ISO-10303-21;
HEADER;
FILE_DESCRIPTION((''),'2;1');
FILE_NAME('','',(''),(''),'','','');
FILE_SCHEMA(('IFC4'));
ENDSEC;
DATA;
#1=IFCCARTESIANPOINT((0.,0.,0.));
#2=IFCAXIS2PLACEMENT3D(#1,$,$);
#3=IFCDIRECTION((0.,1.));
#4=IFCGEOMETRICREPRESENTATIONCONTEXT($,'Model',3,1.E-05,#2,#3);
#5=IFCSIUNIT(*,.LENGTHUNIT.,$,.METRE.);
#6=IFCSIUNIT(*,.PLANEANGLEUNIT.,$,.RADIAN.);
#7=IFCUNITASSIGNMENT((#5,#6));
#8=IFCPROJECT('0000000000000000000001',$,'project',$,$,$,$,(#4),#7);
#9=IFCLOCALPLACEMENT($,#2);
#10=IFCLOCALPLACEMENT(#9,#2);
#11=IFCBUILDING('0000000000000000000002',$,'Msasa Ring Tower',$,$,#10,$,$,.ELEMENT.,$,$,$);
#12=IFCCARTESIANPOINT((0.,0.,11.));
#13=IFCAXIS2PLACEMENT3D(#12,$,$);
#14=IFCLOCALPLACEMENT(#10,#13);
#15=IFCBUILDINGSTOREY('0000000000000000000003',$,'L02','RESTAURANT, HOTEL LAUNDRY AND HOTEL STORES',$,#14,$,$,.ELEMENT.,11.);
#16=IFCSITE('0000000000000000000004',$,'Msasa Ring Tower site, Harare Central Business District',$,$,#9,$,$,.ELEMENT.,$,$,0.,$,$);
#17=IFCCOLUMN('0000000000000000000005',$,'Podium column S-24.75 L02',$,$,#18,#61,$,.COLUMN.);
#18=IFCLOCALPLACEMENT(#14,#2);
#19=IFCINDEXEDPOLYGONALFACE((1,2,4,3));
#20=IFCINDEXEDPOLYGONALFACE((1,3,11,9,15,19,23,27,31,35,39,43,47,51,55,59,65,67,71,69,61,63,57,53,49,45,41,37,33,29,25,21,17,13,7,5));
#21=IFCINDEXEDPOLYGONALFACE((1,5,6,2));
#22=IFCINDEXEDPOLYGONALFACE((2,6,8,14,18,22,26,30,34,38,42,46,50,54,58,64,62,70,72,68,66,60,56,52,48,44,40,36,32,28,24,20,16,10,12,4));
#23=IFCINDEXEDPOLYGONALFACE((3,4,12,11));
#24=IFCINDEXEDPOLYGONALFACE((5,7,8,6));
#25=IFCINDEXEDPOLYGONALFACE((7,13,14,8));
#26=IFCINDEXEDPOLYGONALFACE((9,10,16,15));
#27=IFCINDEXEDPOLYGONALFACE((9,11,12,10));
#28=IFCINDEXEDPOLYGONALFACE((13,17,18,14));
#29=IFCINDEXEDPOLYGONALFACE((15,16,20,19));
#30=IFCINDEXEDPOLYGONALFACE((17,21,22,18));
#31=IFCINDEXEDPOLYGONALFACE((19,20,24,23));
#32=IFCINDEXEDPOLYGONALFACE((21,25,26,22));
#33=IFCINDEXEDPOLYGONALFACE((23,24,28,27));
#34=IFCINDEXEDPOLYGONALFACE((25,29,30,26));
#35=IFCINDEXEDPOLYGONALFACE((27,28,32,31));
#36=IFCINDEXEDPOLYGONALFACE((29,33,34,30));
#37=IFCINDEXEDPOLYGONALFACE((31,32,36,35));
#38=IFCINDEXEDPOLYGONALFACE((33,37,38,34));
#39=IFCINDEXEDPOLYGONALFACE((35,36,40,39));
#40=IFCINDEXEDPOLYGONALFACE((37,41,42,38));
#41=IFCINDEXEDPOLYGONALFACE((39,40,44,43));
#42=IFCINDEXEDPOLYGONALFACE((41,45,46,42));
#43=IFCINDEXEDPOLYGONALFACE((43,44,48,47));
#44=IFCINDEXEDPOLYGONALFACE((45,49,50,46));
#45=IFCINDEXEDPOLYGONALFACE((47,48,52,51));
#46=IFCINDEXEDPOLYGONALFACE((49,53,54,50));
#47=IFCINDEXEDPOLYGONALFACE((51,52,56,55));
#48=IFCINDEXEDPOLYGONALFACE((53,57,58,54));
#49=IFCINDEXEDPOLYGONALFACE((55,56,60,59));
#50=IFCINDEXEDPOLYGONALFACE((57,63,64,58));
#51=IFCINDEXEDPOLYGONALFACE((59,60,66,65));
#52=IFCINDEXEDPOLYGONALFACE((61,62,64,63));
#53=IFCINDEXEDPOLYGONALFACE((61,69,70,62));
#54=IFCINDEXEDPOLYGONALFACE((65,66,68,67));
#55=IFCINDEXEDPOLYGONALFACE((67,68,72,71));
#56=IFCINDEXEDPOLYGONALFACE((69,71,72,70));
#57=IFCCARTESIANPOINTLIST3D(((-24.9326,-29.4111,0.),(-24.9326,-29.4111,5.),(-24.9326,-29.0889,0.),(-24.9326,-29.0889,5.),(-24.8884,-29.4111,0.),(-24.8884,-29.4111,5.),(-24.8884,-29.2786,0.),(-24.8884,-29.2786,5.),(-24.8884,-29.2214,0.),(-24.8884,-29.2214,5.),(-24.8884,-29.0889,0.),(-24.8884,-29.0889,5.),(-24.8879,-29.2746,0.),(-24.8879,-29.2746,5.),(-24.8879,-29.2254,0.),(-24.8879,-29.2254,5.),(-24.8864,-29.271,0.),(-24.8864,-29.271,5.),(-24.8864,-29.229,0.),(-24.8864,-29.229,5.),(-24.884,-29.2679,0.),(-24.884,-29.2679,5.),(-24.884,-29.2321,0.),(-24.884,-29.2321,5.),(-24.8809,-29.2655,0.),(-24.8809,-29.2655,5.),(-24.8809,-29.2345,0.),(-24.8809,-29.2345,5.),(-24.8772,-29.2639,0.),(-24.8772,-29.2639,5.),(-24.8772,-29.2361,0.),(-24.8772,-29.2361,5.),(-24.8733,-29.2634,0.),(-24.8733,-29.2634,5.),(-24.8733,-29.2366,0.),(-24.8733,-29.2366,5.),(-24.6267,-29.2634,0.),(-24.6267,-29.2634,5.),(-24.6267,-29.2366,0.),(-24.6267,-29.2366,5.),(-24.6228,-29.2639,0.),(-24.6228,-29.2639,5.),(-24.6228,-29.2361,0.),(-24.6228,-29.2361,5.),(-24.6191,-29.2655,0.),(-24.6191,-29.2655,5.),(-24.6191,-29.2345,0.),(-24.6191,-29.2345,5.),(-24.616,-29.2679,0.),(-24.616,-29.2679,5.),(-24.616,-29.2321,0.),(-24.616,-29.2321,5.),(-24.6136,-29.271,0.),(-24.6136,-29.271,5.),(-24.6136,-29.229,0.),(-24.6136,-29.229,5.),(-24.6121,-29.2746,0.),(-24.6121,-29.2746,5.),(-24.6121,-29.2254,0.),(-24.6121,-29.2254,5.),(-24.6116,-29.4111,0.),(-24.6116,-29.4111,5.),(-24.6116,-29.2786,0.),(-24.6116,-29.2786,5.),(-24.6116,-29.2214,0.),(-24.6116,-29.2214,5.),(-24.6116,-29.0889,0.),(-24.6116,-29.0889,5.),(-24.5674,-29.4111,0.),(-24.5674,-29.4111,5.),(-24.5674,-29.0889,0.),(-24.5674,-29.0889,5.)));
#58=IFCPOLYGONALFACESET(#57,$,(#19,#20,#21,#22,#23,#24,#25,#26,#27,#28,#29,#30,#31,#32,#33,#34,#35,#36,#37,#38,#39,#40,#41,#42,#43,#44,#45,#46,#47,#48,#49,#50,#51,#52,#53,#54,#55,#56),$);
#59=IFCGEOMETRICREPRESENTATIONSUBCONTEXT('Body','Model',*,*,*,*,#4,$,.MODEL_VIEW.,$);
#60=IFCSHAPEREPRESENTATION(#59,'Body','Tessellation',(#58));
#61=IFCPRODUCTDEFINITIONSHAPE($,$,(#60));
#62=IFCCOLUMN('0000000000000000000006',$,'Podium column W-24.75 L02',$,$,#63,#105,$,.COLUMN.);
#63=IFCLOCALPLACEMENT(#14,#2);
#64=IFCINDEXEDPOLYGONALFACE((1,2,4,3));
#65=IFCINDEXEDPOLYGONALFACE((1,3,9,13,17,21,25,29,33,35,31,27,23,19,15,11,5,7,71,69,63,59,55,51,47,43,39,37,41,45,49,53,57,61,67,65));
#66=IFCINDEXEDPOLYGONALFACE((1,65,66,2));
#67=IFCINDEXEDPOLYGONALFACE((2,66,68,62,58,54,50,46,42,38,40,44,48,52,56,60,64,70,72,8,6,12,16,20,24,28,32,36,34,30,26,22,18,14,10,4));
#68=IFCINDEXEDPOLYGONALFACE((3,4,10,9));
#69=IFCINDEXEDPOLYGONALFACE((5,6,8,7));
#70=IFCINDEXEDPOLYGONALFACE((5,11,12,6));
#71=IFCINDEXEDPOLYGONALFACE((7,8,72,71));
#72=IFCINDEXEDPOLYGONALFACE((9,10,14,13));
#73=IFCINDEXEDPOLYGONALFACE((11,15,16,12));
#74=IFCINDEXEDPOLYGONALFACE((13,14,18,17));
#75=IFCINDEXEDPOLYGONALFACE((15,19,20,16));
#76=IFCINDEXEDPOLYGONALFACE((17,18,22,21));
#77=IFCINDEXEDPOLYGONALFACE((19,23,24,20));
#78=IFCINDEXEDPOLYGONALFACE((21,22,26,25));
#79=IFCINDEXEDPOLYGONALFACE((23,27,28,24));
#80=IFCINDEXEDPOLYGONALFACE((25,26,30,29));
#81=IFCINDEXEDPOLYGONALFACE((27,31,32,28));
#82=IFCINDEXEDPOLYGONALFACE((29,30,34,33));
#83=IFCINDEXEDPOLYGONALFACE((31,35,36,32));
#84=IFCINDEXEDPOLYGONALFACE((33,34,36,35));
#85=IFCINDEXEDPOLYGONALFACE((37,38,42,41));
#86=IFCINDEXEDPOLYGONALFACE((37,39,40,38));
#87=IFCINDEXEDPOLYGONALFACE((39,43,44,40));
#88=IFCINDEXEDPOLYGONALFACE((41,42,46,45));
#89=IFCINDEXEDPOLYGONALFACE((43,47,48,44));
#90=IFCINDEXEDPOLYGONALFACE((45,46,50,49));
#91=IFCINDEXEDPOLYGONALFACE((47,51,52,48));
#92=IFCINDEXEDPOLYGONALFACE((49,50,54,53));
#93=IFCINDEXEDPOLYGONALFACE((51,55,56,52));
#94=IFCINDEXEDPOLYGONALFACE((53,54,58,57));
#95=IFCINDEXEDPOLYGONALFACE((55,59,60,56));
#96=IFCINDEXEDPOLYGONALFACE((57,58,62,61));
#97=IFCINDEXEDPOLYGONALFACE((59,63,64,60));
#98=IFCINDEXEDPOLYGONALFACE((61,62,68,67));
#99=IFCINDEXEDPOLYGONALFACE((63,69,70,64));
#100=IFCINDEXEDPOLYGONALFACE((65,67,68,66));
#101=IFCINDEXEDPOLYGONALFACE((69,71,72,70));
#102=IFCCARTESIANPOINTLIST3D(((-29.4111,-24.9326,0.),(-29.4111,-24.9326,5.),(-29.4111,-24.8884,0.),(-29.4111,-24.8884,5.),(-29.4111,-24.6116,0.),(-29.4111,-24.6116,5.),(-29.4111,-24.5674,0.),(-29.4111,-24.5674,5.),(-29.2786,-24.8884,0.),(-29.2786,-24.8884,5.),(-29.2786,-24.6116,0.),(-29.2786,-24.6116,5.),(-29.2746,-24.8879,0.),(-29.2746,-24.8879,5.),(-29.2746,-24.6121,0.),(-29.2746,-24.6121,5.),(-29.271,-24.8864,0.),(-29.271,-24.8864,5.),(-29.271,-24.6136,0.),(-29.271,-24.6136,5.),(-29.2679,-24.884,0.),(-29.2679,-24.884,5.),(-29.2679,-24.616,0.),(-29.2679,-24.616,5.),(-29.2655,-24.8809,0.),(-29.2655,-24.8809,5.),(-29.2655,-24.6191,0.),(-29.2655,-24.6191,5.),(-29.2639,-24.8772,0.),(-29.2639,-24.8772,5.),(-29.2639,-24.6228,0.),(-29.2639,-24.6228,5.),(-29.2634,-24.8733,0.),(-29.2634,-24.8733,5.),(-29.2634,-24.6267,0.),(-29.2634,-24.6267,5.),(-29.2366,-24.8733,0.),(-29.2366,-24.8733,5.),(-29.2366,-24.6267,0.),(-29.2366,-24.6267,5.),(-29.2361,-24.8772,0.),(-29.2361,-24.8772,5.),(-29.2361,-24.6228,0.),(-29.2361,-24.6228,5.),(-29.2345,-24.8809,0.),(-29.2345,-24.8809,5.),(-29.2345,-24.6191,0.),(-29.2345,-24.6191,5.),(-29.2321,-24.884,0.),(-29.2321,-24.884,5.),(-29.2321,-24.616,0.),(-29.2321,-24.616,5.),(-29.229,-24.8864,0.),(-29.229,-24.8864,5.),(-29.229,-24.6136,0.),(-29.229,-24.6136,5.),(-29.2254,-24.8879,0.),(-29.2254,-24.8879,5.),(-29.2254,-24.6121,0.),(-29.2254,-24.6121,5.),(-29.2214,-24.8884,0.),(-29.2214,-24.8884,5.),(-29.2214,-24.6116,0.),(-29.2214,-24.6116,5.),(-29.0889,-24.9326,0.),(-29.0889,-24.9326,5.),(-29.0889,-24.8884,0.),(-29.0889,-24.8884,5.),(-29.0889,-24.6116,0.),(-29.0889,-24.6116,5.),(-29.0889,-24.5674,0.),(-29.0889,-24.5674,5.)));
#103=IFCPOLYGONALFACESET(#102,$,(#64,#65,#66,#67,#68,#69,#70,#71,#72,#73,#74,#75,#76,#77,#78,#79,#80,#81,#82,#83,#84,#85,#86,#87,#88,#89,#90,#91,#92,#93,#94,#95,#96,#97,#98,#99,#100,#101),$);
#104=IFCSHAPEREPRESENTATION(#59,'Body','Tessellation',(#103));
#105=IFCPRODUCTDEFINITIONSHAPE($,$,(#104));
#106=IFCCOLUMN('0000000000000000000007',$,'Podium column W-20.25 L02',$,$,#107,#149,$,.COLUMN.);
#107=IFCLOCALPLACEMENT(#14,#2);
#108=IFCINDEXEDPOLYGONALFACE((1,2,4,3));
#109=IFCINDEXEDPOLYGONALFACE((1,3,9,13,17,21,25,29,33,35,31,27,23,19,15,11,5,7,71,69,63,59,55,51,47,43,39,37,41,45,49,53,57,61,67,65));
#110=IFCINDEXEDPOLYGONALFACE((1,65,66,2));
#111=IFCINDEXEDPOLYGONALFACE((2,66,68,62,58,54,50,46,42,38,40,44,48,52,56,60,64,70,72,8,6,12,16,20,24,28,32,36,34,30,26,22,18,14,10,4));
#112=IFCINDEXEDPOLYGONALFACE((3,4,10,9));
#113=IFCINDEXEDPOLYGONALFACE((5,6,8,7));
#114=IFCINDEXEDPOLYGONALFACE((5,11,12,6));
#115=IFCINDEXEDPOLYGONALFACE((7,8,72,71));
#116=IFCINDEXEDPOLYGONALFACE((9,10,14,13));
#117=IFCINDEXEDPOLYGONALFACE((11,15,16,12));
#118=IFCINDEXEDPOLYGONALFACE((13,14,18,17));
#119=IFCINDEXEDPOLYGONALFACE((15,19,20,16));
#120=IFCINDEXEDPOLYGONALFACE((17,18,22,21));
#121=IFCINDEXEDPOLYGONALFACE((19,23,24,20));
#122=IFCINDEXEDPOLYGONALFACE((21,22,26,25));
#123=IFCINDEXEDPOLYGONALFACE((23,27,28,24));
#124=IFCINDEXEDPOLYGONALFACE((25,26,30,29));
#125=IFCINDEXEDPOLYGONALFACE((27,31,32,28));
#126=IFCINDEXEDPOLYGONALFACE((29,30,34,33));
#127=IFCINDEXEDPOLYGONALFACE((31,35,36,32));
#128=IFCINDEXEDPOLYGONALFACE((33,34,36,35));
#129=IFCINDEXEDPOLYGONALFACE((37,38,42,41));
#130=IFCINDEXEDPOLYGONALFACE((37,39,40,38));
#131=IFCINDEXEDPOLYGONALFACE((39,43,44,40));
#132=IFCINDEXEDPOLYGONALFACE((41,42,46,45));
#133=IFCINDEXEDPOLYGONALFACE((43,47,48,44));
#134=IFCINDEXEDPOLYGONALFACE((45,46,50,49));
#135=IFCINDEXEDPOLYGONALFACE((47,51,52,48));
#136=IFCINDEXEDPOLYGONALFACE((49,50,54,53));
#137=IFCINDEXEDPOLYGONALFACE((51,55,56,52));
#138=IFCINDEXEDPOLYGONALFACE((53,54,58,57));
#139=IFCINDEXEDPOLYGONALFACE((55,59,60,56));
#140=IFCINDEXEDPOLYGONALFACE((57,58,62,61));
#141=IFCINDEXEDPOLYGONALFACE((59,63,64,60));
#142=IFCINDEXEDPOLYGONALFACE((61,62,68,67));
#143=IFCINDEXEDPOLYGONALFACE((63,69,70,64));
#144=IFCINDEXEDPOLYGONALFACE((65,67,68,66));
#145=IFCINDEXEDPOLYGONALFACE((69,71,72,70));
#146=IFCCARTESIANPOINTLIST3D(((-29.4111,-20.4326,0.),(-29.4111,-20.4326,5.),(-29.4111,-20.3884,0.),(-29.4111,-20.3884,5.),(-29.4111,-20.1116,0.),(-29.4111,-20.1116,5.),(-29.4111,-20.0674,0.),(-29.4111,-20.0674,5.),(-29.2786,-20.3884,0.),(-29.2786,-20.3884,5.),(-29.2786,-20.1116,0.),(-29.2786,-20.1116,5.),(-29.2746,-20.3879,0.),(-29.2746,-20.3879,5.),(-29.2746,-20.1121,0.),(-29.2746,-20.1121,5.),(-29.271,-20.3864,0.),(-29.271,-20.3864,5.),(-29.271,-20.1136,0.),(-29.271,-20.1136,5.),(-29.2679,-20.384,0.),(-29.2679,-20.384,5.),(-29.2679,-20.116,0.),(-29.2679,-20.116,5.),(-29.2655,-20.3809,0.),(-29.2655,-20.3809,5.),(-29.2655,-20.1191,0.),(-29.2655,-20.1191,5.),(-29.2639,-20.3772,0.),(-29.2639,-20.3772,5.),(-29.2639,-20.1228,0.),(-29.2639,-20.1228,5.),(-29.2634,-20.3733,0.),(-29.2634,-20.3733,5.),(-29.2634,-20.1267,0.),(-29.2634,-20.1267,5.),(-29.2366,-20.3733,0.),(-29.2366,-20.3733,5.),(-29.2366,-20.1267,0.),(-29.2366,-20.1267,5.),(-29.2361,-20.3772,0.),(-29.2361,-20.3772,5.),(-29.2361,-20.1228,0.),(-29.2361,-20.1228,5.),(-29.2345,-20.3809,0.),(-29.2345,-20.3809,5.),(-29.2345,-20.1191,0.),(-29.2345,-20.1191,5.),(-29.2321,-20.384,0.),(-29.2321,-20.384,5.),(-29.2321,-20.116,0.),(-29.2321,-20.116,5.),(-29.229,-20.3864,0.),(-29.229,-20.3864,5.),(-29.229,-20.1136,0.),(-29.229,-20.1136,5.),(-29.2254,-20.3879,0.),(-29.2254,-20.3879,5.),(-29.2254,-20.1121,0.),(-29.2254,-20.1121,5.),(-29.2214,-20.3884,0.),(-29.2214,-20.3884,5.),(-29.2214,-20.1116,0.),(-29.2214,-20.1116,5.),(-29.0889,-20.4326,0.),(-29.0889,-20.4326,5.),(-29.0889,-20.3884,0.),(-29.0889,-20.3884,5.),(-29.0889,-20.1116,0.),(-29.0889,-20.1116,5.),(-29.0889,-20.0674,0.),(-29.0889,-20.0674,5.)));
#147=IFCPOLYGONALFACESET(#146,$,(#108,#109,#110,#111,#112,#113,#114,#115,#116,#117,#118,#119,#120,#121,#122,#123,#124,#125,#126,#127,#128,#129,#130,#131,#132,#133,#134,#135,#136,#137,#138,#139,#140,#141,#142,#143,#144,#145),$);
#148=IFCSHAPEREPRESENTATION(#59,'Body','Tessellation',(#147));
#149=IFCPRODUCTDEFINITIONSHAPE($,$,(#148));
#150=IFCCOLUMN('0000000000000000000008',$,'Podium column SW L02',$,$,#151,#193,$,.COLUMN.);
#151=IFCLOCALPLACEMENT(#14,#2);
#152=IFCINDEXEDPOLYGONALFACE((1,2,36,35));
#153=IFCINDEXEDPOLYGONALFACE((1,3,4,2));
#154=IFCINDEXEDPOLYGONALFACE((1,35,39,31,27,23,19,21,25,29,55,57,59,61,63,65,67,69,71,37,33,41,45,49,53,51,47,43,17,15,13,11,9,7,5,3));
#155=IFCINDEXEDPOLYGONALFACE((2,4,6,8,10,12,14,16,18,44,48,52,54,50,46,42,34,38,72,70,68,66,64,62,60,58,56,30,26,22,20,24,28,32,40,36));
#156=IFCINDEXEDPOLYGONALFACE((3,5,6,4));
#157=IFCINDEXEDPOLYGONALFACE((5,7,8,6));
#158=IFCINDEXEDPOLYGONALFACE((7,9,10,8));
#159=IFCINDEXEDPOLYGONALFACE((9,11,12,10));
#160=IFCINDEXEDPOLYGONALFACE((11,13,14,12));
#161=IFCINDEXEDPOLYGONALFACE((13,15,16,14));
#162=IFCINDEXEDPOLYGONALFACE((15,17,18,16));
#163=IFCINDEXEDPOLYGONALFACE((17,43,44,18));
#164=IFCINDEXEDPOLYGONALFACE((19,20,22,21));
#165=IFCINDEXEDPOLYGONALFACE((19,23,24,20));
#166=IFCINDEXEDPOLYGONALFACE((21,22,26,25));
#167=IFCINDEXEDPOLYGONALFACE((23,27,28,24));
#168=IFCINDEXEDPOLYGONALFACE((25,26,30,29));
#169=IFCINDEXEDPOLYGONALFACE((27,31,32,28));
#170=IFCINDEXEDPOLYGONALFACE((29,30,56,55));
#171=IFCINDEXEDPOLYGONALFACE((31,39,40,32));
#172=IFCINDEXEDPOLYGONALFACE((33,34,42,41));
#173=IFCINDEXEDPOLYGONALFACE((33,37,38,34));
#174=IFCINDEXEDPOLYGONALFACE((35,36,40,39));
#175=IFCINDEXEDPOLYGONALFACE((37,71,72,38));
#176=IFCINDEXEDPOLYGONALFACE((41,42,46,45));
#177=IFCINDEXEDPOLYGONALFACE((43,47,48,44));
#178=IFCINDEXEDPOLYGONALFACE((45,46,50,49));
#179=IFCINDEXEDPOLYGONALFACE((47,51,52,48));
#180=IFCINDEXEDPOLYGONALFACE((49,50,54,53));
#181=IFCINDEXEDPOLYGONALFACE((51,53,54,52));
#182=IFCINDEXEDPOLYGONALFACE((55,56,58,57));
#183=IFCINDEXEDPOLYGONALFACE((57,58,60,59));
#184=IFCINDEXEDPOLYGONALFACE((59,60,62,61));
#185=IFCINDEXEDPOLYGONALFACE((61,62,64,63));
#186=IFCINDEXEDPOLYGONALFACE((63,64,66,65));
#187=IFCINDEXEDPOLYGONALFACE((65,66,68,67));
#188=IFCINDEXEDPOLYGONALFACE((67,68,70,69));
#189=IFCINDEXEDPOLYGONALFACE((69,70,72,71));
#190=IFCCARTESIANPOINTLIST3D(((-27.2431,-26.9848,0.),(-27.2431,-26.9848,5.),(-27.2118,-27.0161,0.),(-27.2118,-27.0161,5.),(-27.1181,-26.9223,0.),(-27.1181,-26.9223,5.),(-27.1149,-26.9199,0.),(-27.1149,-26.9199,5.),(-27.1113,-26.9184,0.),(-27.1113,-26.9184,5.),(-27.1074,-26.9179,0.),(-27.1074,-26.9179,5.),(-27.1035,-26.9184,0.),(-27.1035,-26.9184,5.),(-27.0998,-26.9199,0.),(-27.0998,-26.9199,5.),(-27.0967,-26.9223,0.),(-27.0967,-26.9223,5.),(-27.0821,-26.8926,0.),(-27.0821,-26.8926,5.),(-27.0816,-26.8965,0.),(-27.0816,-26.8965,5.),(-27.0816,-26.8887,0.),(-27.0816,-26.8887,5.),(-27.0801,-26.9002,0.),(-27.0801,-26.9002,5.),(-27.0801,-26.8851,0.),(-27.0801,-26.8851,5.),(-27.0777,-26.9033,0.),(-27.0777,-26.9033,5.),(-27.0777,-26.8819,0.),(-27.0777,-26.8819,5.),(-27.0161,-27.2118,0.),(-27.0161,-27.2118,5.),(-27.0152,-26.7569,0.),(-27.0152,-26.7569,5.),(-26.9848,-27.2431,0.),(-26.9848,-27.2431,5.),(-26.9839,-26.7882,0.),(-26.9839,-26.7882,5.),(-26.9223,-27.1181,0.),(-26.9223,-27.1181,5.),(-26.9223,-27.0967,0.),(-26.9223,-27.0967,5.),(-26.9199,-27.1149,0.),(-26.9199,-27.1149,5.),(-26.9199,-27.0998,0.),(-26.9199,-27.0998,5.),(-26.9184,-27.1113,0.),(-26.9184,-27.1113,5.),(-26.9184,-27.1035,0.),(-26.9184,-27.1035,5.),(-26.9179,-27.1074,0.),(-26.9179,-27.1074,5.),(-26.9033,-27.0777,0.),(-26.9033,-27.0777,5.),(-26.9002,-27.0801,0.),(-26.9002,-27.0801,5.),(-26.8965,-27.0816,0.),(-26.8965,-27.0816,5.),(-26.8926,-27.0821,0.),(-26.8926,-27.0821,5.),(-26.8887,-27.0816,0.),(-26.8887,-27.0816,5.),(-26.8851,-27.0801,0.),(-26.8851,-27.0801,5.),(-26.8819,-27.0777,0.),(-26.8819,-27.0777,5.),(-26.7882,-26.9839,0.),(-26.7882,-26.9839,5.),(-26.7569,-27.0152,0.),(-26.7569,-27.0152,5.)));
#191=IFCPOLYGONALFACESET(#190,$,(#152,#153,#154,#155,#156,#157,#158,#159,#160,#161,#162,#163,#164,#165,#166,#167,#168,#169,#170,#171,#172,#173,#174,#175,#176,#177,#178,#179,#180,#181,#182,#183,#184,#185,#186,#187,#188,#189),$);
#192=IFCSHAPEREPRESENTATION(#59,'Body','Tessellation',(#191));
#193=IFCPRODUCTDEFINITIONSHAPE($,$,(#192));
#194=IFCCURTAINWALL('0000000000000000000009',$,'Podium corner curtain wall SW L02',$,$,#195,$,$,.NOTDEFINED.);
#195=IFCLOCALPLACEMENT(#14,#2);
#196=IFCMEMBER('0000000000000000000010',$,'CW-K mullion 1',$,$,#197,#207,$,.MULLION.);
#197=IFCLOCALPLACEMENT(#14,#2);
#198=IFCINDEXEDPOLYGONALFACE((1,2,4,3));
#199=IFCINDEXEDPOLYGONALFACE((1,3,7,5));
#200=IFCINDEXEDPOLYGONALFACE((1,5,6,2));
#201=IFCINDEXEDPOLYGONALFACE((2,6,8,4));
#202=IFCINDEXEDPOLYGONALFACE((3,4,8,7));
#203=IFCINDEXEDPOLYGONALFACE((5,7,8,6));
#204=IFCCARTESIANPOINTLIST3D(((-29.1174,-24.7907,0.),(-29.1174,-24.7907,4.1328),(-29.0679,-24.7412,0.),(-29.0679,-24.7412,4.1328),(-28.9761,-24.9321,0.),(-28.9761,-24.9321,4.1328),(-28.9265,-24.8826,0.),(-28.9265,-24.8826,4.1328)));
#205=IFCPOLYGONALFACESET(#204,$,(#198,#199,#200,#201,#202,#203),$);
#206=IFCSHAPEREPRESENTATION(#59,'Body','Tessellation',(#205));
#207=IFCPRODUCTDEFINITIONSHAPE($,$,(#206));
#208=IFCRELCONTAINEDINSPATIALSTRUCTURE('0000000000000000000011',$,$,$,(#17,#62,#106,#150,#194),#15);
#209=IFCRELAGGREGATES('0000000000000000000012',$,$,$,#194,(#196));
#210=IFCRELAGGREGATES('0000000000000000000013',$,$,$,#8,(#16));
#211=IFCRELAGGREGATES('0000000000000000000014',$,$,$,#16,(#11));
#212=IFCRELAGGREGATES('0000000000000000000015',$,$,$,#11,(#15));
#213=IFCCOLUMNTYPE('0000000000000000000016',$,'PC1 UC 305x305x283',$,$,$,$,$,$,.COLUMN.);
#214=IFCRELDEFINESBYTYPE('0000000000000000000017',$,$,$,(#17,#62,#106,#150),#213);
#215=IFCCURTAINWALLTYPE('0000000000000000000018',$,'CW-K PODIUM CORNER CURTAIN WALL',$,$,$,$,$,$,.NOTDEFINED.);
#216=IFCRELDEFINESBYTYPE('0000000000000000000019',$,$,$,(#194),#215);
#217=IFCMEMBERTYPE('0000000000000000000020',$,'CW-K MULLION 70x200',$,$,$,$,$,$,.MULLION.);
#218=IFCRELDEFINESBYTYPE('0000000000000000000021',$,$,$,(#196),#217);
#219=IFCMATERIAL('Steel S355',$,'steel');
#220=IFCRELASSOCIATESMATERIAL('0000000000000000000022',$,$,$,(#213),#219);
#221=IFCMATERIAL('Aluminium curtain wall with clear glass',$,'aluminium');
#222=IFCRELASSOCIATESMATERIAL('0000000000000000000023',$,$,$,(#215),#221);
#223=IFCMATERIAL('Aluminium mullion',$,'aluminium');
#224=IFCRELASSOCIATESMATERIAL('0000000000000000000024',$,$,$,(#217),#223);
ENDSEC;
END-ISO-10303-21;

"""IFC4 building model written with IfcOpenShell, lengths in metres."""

from ifc_helpers import new_model, si_unit, direction, frame, origin, origin_2d, place, context, subcontext, project, spatial, rectangle, i_section, extrude, material, material_profile, profile_set, type_object, element, aggregate, save


model = new_model("IFC4")

# Units and contexts
model_context = context("Model", 3, precision=1e-05, world=origin(), true_north=direction((0.0, 1.0)))
body_context = subcontext(model_context, "Body", "Model", "MODEL_VIEW")
ifc_project = project(units=[si_unit("LENGTHUNIT", "METRE"), si_unit("PLANEANGLEUNIT", "RADIAN")], contexts=[model_context])

# Site, building, storey
site_placement = place(None, origin())
site = spatial("IfcSite", under=ifc_project, at=site_placement, Name="Msasa Ring Tower site, Harare Central Business District", CompositionType="ELEMENT", RefElevation=0.0)
building_placement = place(site_placement, origin())
building = spatial("IfcBuilding", under=site, at=building_placement, Name="Msasa Ring Tower", CompositionType="ELEMENT")
storey_placement = place(building_placement, frame((0.0, 0.0, 11.0)))
storey = spatial("IfcBuildingStorey", under=building, at=storey_placement, Name="L02", Description="RESTAURANT, HOTEL LAUNDRY AND HOTEL STORES", CompositionType="ELEMENT", Elevation=11.0)

# Columns
ifc_material_1 = material(Name="Steel S355", Category="steel")
ifc_material_profile_1 = material_profile(ifc_material_1, i_section(OverallWidth=0.3223, OverallDepth=0.3652, WebThickness=0.0269, FlangeThickness=0.0442, FilletRadius=0.0151, at=origin_2d()), Name="UC 305x305x283")
ifc_profile_set_1 = profile_set([ifc_material_profile_1], Name="Steel S355")
column_type = type_object("IfcColumnType", Name="PC1 UC 305x305x283", PredefinedType="COLUMN", material=ifc_profile_set_1)
for number, where, z_axis, x_axis, name in (
    (1, (-24.75, -29.25, 0.0), (0.0, 0.0, 1.0), (0.0, 1.0, 0.0), "Podium column S-24.75 L02"),
    (2, (-29.25, -24.75, 0.0), (0.0, 0.0, 1.0), (1.0, 0.0, 0.0), "Podium column W-24.75 L02"),
    (3, (-29.25, -20.25, 0.0), (0.0, 0.0, 1.0), (1.0, 0.0, 0.0), "Podium column W-20.25 L02"),
    (4, (-27.0, -27.0, 0.0), (0.0, 0.0, 1.0), (0.707107, 0.707107, 0.0), "Podium column SW L02"),
):
    element("IfcColumn", number, at=place(storey_placement, frame(where, z_axis=z_axis, x_axis=x_axis)), inside=storey, type_object=column_type, Name=name, PredefinedType="COLUMN", context=body_context, shape_type="SweptSolid", body=[
        extrude(i_section(OverallWidth=0.3223, OverallDepth=0.3652, WebThickness=0.0269, FlangeThickness=0.0442, FilletRadius=0.0151, at=origin_2d()), origin(), (0.0, 0.0, 1.0), 5.0),
    ])

# Curtain wall, member
ifc_material_2 = material(Name="Aluminium curtain wall with clear glass", Category="aluminium")
curtain_wall_type = type_object("IfcCurtainWallType", Name="CW-K PODIUM CORNER CURTAIN WALL", PredefinedType="NOTDEFINED", material=ifc_material_2)
curtain_wall_1_placement = place(storey_placement, origin())
curtain_wall_1 = element("IfcCurtainWall", 5, at=curtain_wall_1_placement, inside=storey, type_object=curtain_wall_type, Name="Podium corner curtain wall SW L02", PredefinedType="NOTDEFINED")
ifc_material_3 = material(Name="Aluminium mullion", Category="aluminium")
ifc_material_profile_2 = material_profile(ifc_material_3, rectangle(XDim=0.0701, YDim=0.2, at=origin_2d()), Name="AL 70x200")
ifc_profile_set_2 = profile_set([ifc_material_profile_2], Name="Aluminium mullion")
member_type_1 = type_object("IfcMemberType", Name="CW-K MULLION 70x200", PredefinedType="MULLION", material=ifc_profile_set_2)
member_1_placement = place(storey_placement, frame((-29.022, -24.8367, 0.0), z_axis=(0.0, 0.0, 1.0), x_axis=(0.707107, 0.707107, 0.0)))
member_1 = element("IfcMember", 6, at=member_1_placement, type_object=member_type_1, Name="CW-K mullion 1", PredefinedType="MULLION", context=body_context, shape_type="SweptSolid", body=[
    extrude(rectangle(XDim=0.0701, YDim=0.2, at=origin_2d()), origin(), (0.0, 0.0, 1.0), 4.1328),
])

aggregate(curtain_wall_1, [member_1])

save(model, "model.ifc")
